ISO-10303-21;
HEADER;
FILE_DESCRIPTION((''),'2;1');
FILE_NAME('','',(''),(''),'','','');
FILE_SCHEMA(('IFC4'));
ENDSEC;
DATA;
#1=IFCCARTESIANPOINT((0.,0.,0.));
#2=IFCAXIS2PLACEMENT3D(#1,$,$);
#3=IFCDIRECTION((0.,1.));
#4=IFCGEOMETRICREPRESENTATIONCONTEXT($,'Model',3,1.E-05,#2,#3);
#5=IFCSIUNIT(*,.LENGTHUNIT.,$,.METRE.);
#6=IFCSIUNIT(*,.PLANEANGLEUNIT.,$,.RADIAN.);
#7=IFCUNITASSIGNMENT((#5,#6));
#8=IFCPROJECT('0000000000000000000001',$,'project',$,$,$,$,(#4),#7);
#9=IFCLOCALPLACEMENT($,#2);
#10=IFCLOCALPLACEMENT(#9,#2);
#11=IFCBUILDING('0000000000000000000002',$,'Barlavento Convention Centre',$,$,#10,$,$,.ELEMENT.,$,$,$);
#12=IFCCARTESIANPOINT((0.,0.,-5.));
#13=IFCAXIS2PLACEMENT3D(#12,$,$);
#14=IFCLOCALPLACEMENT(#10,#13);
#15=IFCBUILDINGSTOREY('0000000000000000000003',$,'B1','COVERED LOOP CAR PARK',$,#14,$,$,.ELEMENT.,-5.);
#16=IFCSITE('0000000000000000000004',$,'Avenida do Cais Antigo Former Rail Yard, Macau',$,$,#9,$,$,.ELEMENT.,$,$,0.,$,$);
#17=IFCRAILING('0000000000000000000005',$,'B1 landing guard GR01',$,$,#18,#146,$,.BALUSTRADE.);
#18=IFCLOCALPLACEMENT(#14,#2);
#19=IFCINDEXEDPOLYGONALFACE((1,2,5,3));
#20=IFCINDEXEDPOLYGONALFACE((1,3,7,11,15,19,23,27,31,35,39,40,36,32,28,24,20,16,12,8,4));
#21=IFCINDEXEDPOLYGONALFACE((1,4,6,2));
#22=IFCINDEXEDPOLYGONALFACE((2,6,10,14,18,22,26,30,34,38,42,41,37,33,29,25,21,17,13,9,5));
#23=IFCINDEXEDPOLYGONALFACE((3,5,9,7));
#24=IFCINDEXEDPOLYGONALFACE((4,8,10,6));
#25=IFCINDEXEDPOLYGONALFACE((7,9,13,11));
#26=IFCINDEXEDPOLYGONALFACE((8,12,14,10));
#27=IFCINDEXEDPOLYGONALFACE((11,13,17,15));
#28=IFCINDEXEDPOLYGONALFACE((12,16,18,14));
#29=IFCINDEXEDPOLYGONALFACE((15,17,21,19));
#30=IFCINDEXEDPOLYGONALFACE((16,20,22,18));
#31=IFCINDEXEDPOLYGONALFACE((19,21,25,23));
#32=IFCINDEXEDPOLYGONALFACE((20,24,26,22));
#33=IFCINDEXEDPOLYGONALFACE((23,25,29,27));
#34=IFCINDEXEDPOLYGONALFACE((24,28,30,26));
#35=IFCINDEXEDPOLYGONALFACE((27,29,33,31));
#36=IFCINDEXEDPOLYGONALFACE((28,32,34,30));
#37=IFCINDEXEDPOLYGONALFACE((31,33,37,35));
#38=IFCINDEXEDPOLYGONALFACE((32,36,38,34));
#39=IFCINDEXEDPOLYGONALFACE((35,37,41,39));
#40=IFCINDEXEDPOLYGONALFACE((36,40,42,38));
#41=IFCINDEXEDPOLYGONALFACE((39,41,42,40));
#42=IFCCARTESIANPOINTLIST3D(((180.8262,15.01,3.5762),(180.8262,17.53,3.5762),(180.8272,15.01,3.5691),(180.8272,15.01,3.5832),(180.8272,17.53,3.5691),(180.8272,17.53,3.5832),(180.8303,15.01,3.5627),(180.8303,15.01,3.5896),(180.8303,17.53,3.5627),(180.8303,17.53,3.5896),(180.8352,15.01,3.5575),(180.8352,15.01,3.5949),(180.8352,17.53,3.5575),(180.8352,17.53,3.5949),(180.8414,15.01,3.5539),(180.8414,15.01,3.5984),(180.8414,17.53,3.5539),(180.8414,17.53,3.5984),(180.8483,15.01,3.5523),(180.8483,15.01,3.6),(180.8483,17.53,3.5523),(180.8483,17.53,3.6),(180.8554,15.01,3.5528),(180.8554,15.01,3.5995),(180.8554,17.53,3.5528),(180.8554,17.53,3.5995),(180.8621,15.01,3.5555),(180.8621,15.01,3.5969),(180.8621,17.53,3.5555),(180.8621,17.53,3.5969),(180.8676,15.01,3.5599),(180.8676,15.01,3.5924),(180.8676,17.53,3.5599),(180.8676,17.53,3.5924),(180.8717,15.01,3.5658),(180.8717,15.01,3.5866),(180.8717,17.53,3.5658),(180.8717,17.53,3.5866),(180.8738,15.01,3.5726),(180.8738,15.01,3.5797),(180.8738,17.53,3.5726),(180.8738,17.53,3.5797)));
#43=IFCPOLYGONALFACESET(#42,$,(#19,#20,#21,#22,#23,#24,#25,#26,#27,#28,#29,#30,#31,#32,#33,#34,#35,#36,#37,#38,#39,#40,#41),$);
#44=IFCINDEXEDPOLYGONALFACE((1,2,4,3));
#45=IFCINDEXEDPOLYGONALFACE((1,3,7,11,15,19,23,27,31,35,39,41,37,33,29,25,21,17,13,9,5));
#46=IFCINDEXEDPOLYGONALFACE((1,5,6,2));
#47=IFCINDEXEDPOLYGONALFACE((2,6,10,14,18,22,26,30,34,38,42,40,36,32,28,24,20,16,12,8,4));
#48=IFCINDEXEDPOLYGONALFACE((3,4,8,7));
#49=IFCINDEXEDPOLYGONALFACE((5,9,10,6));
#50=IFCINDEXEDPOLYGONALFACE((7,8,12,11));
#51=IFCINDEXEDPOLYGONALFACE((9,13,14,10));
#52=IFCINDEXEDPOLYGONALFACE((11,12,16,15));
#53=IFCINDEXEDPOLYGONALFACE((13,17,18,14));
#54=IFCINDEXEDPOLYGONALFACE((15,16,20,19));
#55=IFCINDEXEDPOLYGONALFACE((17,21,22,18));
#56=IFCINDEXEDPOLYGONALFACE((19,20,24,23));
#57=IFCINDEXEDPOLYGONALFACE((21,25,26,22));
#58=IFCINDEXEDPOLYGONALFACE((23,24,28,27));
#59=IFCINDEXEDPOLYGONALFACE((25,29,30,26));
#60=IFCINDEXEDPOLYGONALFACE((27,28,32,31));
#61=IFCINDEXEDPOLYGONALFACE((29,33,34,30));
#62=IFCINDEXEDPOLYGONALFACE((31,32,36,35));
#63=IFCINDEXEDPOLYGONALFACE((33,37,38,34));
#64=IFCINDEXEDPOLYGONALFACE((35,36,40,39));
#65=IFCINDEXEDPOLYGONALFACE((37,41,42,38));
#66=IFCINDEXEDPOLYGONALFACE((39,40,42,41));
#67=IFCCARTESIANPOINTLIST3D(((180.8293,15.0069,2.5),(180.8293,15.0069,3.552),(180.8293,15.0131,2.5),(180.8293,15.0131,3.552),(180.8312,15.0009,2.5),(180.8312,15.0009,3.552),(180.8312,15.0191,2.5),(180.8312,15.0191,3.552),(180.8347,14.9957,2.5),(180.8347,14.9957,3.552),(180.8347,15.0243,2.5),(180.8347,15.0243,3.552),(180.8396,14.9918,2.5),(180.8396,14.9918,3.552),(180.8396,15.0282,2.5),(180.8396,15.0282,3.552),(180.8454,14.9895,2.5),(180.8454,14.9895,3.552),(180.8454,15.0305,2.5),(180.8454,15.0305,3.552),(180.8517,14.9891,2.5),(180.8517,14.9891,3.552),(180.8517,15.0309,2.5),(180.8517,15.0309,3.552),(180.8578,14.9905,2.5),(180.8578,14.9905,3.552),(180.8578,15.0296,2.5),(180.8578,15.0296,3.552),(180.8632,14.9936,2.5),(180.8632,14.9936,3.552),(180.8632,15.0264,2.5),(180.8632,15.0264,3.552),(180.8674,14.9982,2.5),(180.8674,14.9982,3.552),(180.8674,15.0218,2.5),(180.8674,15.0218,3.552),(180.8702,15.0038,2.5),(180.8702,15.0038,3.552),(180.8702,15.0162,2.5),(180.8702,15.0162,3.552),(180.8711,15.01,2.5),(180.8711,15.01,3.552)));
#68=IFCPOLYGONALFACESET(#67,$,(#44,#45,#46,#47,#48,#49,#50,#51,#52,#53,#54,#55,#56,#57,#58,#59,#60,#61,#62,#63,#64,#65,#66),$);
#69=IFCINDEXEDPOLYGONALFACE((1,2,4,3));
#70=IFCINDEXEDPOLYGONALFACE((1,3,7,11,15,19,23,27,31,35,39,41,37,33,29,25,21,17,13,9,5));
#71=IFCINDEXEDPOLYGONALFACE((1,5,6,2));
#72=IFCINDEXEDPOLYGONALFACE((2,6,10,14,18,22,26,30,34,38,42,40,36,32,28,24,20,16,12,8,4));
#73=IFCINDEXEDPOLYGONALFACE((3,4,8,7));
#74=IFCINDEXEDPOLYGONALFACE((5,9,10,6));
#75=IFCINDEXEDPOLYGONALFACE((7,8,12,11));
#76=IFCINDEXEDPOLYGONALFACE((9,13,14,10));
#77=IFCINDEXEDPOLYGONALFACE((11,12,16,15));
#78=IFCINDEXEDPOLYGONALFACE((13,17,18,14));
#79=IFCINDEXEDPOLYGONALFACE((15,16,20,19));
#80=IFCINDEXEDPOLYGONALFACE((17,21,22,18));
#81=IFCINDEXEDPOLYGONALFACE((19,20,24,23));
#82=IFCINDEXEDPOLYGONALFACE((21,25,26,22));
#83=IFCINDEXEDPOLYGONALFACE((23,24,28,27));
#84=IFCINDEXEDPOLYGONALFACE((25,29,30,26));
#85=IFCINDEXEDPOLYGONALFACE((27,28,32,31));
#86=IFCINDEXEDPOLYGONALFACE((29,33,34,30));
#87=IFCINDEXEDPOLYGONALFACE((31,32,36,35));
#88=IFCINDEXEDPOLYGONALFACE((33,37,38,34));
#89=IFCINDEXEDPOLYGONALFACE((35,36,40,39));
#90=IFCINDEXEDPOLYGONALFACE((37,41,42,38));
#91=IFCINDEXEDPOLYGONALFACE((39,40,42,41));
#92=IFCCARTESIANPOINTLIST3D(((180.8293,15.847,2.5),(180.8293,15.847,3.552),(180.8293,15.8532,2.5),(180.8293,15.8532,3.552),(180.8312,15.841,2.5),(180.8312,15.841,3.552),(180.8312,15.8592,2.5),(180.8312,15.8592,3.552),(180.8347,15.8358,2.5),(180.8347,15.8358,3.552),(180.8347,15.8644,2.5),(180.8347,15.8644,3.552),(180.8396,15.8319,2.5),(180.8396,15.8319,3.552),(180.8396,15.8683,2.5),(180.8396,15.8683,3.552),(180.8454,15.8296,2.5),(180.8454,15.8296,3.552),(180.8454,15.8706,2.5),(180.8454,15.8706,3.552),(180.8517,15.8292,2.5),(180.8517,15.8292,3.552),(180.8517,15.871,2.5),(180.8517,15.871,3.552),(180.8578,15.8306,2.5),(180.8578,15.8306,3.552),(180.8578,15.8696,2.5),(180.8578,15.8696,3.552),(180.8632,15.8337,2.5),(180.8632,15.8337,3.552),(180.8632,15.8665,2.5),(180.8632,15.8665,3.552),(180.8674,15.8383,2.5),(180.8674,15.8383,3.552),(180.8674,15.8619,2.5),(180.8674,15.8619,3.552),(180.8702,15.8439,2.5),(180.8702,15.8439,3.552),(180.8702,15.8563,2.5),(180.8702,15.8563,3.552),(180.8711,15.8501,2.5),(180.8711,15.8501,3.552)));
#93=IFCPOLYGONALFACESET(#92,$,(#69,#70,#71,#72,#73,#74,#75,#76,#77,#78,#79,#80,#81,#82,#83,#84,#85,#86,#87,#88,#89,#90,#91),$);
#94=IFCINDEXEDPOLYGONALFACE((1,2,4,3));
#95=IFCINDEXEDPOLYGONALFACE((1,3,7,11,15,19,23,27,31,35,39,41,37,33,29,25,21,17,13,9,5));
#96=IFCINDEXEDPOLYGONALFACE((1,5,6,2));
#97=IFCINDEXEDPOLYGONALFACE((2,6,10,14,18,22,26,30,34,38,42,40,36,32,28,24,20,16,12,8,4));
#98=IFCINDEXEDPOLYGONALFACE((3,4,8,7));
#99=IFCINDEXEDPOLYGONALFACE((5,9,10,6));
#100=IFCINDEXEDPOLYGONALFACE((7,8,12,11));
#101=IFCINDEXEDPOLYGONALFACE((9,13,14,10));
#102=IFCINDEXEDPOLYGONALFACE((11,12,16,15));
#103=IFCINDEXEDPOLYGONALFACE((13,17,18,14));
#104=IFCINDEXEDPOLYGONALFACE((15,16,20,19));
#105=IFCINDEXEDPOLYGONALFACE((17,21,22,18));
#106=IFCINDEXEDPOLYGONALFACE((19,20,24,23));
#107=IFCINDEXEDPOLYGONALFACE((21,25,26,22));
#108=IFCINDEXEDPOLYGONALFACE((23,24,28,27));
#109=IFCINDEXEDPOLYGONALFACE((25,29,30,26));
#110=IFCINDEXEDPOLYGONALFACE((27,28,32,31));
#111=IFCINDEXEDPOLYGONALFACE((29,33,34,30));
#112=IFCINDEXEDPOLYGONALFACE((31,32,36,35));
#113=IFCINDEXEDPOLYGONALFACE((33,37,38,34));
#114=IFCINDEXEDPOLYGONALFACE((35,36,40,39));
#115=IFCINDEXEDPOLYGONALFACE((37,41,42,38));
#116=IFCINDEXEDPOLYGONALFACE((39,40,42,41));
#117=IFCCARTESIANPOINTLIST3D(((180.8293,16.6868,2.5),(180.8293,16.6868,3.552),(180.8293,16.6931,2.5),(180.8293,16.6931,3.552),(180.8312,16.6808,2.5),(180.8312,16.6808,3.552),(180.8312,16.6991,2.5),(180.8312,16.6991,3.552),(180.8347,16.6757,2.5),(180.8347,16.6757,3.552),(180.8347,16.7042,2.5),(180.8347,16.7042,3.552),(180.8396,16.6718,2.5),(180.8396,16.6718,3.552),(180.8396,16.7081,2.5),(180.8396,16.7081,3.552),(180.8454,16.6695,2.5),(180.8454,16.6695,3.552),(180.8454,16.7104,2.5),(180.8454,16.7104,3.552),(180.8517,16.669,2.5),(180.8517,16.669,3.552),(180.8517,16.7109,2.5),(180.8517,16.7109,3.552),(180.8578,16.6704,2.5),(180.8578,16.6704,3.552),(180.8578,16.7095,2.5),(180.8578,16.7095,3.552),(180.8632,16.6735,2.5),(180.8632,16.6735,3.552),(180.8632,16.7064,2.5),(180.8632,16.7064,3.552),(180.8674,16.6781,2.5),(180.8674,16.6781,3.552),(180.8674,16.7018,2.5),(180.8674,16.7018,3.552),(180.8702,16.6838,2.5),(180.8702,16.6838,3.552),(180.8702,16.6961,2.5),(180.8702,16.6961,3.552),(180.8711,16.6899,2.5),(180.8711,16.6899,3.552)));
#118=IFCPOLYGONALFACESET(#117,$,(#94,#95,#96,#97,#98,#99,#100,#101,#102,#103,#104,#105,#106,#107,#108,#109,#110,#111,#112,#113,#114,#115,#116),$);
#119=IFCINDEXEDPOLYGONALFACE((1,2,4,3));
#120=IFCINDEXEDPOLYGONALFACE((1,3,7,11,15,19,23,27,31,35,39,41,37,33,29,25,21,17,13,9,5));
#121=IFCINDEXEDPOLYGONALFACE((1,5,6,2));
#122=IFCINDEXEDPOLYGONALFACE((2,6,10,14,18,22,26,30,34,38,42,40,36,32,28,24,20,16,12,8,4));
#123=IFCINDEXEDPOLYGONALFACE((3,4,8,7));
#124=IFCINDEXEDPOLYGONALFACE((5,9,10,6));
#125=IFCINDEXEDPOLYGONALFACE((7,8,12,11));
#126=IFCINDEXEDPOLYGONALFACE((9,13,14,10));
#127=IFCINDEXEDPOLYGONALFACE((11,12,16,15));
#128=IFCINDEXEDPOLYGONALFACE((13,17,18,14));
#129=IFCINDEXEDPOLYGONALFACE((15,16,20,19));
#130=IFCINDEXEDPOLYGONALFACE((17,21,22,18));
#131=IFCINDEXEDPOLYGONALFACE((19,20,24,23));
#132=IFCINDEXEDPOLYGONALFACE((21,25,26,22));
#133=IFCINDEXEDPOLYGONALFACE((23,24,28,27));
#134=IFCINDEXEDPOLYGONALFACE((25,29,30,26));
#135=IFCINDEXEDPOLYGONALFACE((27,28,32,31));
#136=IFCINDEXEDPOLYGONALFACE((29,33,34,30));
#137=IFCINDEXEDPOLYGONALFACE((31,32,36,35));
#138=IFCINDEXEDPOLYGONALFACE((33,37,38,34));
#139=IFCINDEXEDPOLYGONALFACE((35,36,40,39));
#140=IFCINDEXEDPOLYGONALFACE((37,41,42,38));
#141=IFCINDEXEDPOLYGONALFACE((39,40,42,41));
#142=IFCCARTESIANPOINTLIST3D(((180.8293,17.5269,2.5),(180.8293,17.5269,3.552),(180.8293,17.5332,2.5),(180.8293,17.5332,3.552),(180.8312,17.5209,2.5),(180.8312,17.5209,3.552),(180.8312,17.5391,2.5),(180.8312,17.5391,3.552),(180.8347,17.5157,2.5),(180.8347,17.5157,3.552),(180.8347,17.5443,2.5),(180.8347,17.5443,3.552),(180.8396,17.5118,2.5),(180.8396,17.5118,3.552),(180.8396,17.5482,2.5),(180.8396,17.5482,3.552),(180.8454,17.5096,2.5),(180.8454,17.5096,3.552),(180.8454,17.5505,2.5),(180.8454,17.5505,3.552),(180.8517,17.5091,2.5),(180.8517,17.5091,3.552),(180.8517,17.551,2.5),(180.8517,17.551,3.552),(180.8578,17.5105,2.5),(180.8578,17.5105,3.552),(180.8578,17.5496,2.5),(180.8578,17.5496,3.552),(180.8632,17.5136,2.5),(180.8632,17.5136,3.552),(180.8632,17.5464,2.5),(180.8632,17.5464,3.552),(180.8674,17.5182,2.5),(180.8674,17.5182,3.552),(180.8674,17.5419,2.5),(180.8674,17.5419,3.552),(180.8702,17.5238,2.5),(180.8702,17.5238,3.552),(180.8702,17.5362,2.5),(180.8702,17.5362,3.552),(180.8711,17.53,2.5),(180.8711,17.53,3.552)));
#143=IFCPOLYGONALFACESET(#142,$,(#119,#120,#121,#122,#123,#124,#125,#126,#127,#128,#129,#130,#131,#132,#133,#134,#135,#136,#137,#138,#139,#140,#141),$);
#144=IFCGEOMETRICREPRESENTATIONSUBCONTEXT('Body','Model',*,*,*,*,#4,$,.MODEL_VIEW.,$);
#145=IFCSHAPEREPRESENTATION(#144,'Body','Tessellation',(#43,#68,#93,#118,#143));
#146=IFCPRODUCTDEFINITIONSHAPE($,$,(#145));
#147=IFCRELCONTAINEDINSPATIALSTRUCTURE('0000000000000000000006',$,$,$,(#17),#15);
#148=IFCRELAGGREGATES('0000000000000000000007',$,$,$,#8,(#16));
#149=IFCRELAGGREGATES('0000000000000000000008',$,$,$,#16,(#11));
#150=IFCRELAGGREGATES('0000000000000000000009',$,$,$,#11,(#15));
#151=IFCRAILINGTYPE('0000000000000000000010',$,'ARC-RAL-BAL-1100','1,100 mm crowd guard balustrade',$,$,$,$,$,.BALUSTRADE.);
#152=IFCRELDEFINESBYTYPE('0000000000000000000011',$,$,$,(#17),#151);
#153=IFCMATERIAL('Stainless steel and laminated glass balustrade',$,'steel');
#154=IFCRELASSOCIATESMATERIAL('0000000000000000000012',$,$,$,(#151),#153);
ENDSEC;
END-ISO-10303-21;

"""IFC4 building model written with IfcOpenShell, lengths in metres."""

from ifc_helpers import new_model, si_unit, direction, frame, origin, origin_2d, place, context, subcontext, project, spatial, circle, extrude, material, type_object, element, save


model = new_model("IFC4")

# Units and contexts
model_context = context("Model", 3, precision=1e-05, world=origin(), true_north=direction((0.0, 1.0)))
body_context = subcontext(model_context, "Body", "Model", "MODEL_VIEW")
ifc_project = project(units=[si_unit("LENGTHUNIT", "METRE"), si_unit("PLANEANGLEUNIT", "RADIAN")], contexts=[model_context])

# Site, building, storey
site_placement = place(None, origin())
site = spatial("IfcSite", under=ifc_project, at=site_placement, Name="Avenida do Cais Antigo Former Rail Yard, Macau", CompositionType="ELEMENT", RefElevation=0.0)
building_placement = place(site_placement, origin())
building = spatial("IfcBuilding", under=site, at=building_placement, Name="Barlavento Convention Centre", CompositionType="ELEMENT")
storey_placement = place(building_placement, frame((0.0, 0.0, -5.0)))
storey = spatial("IfcBuildingStorey", under=building, at=storey_placement, Name="B1", Description="COVERED LOOP CAR PARK", CompositionType="ELEMENT", Elevation=-5.0)

# Railing
ifc_material_1 = material(Name="Stainless steel and laminated glass balustrade", Category="steel")
railing_type_1 = type_object("IfcRailingType", Name="ARC-RAL-BAL-1100", Description="1,100 mm crowd guard balustrade", PredefinedType="BALUSTRADE", material=ifc_material_1)
for number, where, name in (
    (1, (180.8501, 15.01, 2.5), "B1 landing guard GR01"),
):
    element("IfcRailing", number, at=place(storey_placement, frame(where)), inside=storey, type_object=railing_type_1, Name=name, PredefinedType="BALUSTRADE", context=body_context, shape_type="SweptSolid", body=[
        extrude(circle(Radius=0.0239, at=origin_2d()), frame((0.0, 0.0, 1.0762), z_axis=(0.0, 1.0, 0.0), x_axis=(-1.0, 0.0, 0.0)), (0.0, 0.0, 1.0), 2.52),
        extrude(circle(Radius=0.021, at=origin_2d()), origin(), (0.0, 0.0, 1.0), 1.052),
        extrude(circle(Radius=0.021, at=origin_2d()), frame((0.0, 0.8401, 0.0)), (0.0, 0.0, 1.0), 1.052),
        extrude(circle(Radius=0.021, at=origin_2d()), frame((0.0, 1.6799, 0.0)), (0.0, 0.0, 1.0), 1.052),
        extrude(circle(Radius=0.021, at=origin_2d()), frame((0.0, 2.52, 0.0)), (0.0, 0.0, 1.0), 1.052),
    ])

save(model, "model.ifc")
